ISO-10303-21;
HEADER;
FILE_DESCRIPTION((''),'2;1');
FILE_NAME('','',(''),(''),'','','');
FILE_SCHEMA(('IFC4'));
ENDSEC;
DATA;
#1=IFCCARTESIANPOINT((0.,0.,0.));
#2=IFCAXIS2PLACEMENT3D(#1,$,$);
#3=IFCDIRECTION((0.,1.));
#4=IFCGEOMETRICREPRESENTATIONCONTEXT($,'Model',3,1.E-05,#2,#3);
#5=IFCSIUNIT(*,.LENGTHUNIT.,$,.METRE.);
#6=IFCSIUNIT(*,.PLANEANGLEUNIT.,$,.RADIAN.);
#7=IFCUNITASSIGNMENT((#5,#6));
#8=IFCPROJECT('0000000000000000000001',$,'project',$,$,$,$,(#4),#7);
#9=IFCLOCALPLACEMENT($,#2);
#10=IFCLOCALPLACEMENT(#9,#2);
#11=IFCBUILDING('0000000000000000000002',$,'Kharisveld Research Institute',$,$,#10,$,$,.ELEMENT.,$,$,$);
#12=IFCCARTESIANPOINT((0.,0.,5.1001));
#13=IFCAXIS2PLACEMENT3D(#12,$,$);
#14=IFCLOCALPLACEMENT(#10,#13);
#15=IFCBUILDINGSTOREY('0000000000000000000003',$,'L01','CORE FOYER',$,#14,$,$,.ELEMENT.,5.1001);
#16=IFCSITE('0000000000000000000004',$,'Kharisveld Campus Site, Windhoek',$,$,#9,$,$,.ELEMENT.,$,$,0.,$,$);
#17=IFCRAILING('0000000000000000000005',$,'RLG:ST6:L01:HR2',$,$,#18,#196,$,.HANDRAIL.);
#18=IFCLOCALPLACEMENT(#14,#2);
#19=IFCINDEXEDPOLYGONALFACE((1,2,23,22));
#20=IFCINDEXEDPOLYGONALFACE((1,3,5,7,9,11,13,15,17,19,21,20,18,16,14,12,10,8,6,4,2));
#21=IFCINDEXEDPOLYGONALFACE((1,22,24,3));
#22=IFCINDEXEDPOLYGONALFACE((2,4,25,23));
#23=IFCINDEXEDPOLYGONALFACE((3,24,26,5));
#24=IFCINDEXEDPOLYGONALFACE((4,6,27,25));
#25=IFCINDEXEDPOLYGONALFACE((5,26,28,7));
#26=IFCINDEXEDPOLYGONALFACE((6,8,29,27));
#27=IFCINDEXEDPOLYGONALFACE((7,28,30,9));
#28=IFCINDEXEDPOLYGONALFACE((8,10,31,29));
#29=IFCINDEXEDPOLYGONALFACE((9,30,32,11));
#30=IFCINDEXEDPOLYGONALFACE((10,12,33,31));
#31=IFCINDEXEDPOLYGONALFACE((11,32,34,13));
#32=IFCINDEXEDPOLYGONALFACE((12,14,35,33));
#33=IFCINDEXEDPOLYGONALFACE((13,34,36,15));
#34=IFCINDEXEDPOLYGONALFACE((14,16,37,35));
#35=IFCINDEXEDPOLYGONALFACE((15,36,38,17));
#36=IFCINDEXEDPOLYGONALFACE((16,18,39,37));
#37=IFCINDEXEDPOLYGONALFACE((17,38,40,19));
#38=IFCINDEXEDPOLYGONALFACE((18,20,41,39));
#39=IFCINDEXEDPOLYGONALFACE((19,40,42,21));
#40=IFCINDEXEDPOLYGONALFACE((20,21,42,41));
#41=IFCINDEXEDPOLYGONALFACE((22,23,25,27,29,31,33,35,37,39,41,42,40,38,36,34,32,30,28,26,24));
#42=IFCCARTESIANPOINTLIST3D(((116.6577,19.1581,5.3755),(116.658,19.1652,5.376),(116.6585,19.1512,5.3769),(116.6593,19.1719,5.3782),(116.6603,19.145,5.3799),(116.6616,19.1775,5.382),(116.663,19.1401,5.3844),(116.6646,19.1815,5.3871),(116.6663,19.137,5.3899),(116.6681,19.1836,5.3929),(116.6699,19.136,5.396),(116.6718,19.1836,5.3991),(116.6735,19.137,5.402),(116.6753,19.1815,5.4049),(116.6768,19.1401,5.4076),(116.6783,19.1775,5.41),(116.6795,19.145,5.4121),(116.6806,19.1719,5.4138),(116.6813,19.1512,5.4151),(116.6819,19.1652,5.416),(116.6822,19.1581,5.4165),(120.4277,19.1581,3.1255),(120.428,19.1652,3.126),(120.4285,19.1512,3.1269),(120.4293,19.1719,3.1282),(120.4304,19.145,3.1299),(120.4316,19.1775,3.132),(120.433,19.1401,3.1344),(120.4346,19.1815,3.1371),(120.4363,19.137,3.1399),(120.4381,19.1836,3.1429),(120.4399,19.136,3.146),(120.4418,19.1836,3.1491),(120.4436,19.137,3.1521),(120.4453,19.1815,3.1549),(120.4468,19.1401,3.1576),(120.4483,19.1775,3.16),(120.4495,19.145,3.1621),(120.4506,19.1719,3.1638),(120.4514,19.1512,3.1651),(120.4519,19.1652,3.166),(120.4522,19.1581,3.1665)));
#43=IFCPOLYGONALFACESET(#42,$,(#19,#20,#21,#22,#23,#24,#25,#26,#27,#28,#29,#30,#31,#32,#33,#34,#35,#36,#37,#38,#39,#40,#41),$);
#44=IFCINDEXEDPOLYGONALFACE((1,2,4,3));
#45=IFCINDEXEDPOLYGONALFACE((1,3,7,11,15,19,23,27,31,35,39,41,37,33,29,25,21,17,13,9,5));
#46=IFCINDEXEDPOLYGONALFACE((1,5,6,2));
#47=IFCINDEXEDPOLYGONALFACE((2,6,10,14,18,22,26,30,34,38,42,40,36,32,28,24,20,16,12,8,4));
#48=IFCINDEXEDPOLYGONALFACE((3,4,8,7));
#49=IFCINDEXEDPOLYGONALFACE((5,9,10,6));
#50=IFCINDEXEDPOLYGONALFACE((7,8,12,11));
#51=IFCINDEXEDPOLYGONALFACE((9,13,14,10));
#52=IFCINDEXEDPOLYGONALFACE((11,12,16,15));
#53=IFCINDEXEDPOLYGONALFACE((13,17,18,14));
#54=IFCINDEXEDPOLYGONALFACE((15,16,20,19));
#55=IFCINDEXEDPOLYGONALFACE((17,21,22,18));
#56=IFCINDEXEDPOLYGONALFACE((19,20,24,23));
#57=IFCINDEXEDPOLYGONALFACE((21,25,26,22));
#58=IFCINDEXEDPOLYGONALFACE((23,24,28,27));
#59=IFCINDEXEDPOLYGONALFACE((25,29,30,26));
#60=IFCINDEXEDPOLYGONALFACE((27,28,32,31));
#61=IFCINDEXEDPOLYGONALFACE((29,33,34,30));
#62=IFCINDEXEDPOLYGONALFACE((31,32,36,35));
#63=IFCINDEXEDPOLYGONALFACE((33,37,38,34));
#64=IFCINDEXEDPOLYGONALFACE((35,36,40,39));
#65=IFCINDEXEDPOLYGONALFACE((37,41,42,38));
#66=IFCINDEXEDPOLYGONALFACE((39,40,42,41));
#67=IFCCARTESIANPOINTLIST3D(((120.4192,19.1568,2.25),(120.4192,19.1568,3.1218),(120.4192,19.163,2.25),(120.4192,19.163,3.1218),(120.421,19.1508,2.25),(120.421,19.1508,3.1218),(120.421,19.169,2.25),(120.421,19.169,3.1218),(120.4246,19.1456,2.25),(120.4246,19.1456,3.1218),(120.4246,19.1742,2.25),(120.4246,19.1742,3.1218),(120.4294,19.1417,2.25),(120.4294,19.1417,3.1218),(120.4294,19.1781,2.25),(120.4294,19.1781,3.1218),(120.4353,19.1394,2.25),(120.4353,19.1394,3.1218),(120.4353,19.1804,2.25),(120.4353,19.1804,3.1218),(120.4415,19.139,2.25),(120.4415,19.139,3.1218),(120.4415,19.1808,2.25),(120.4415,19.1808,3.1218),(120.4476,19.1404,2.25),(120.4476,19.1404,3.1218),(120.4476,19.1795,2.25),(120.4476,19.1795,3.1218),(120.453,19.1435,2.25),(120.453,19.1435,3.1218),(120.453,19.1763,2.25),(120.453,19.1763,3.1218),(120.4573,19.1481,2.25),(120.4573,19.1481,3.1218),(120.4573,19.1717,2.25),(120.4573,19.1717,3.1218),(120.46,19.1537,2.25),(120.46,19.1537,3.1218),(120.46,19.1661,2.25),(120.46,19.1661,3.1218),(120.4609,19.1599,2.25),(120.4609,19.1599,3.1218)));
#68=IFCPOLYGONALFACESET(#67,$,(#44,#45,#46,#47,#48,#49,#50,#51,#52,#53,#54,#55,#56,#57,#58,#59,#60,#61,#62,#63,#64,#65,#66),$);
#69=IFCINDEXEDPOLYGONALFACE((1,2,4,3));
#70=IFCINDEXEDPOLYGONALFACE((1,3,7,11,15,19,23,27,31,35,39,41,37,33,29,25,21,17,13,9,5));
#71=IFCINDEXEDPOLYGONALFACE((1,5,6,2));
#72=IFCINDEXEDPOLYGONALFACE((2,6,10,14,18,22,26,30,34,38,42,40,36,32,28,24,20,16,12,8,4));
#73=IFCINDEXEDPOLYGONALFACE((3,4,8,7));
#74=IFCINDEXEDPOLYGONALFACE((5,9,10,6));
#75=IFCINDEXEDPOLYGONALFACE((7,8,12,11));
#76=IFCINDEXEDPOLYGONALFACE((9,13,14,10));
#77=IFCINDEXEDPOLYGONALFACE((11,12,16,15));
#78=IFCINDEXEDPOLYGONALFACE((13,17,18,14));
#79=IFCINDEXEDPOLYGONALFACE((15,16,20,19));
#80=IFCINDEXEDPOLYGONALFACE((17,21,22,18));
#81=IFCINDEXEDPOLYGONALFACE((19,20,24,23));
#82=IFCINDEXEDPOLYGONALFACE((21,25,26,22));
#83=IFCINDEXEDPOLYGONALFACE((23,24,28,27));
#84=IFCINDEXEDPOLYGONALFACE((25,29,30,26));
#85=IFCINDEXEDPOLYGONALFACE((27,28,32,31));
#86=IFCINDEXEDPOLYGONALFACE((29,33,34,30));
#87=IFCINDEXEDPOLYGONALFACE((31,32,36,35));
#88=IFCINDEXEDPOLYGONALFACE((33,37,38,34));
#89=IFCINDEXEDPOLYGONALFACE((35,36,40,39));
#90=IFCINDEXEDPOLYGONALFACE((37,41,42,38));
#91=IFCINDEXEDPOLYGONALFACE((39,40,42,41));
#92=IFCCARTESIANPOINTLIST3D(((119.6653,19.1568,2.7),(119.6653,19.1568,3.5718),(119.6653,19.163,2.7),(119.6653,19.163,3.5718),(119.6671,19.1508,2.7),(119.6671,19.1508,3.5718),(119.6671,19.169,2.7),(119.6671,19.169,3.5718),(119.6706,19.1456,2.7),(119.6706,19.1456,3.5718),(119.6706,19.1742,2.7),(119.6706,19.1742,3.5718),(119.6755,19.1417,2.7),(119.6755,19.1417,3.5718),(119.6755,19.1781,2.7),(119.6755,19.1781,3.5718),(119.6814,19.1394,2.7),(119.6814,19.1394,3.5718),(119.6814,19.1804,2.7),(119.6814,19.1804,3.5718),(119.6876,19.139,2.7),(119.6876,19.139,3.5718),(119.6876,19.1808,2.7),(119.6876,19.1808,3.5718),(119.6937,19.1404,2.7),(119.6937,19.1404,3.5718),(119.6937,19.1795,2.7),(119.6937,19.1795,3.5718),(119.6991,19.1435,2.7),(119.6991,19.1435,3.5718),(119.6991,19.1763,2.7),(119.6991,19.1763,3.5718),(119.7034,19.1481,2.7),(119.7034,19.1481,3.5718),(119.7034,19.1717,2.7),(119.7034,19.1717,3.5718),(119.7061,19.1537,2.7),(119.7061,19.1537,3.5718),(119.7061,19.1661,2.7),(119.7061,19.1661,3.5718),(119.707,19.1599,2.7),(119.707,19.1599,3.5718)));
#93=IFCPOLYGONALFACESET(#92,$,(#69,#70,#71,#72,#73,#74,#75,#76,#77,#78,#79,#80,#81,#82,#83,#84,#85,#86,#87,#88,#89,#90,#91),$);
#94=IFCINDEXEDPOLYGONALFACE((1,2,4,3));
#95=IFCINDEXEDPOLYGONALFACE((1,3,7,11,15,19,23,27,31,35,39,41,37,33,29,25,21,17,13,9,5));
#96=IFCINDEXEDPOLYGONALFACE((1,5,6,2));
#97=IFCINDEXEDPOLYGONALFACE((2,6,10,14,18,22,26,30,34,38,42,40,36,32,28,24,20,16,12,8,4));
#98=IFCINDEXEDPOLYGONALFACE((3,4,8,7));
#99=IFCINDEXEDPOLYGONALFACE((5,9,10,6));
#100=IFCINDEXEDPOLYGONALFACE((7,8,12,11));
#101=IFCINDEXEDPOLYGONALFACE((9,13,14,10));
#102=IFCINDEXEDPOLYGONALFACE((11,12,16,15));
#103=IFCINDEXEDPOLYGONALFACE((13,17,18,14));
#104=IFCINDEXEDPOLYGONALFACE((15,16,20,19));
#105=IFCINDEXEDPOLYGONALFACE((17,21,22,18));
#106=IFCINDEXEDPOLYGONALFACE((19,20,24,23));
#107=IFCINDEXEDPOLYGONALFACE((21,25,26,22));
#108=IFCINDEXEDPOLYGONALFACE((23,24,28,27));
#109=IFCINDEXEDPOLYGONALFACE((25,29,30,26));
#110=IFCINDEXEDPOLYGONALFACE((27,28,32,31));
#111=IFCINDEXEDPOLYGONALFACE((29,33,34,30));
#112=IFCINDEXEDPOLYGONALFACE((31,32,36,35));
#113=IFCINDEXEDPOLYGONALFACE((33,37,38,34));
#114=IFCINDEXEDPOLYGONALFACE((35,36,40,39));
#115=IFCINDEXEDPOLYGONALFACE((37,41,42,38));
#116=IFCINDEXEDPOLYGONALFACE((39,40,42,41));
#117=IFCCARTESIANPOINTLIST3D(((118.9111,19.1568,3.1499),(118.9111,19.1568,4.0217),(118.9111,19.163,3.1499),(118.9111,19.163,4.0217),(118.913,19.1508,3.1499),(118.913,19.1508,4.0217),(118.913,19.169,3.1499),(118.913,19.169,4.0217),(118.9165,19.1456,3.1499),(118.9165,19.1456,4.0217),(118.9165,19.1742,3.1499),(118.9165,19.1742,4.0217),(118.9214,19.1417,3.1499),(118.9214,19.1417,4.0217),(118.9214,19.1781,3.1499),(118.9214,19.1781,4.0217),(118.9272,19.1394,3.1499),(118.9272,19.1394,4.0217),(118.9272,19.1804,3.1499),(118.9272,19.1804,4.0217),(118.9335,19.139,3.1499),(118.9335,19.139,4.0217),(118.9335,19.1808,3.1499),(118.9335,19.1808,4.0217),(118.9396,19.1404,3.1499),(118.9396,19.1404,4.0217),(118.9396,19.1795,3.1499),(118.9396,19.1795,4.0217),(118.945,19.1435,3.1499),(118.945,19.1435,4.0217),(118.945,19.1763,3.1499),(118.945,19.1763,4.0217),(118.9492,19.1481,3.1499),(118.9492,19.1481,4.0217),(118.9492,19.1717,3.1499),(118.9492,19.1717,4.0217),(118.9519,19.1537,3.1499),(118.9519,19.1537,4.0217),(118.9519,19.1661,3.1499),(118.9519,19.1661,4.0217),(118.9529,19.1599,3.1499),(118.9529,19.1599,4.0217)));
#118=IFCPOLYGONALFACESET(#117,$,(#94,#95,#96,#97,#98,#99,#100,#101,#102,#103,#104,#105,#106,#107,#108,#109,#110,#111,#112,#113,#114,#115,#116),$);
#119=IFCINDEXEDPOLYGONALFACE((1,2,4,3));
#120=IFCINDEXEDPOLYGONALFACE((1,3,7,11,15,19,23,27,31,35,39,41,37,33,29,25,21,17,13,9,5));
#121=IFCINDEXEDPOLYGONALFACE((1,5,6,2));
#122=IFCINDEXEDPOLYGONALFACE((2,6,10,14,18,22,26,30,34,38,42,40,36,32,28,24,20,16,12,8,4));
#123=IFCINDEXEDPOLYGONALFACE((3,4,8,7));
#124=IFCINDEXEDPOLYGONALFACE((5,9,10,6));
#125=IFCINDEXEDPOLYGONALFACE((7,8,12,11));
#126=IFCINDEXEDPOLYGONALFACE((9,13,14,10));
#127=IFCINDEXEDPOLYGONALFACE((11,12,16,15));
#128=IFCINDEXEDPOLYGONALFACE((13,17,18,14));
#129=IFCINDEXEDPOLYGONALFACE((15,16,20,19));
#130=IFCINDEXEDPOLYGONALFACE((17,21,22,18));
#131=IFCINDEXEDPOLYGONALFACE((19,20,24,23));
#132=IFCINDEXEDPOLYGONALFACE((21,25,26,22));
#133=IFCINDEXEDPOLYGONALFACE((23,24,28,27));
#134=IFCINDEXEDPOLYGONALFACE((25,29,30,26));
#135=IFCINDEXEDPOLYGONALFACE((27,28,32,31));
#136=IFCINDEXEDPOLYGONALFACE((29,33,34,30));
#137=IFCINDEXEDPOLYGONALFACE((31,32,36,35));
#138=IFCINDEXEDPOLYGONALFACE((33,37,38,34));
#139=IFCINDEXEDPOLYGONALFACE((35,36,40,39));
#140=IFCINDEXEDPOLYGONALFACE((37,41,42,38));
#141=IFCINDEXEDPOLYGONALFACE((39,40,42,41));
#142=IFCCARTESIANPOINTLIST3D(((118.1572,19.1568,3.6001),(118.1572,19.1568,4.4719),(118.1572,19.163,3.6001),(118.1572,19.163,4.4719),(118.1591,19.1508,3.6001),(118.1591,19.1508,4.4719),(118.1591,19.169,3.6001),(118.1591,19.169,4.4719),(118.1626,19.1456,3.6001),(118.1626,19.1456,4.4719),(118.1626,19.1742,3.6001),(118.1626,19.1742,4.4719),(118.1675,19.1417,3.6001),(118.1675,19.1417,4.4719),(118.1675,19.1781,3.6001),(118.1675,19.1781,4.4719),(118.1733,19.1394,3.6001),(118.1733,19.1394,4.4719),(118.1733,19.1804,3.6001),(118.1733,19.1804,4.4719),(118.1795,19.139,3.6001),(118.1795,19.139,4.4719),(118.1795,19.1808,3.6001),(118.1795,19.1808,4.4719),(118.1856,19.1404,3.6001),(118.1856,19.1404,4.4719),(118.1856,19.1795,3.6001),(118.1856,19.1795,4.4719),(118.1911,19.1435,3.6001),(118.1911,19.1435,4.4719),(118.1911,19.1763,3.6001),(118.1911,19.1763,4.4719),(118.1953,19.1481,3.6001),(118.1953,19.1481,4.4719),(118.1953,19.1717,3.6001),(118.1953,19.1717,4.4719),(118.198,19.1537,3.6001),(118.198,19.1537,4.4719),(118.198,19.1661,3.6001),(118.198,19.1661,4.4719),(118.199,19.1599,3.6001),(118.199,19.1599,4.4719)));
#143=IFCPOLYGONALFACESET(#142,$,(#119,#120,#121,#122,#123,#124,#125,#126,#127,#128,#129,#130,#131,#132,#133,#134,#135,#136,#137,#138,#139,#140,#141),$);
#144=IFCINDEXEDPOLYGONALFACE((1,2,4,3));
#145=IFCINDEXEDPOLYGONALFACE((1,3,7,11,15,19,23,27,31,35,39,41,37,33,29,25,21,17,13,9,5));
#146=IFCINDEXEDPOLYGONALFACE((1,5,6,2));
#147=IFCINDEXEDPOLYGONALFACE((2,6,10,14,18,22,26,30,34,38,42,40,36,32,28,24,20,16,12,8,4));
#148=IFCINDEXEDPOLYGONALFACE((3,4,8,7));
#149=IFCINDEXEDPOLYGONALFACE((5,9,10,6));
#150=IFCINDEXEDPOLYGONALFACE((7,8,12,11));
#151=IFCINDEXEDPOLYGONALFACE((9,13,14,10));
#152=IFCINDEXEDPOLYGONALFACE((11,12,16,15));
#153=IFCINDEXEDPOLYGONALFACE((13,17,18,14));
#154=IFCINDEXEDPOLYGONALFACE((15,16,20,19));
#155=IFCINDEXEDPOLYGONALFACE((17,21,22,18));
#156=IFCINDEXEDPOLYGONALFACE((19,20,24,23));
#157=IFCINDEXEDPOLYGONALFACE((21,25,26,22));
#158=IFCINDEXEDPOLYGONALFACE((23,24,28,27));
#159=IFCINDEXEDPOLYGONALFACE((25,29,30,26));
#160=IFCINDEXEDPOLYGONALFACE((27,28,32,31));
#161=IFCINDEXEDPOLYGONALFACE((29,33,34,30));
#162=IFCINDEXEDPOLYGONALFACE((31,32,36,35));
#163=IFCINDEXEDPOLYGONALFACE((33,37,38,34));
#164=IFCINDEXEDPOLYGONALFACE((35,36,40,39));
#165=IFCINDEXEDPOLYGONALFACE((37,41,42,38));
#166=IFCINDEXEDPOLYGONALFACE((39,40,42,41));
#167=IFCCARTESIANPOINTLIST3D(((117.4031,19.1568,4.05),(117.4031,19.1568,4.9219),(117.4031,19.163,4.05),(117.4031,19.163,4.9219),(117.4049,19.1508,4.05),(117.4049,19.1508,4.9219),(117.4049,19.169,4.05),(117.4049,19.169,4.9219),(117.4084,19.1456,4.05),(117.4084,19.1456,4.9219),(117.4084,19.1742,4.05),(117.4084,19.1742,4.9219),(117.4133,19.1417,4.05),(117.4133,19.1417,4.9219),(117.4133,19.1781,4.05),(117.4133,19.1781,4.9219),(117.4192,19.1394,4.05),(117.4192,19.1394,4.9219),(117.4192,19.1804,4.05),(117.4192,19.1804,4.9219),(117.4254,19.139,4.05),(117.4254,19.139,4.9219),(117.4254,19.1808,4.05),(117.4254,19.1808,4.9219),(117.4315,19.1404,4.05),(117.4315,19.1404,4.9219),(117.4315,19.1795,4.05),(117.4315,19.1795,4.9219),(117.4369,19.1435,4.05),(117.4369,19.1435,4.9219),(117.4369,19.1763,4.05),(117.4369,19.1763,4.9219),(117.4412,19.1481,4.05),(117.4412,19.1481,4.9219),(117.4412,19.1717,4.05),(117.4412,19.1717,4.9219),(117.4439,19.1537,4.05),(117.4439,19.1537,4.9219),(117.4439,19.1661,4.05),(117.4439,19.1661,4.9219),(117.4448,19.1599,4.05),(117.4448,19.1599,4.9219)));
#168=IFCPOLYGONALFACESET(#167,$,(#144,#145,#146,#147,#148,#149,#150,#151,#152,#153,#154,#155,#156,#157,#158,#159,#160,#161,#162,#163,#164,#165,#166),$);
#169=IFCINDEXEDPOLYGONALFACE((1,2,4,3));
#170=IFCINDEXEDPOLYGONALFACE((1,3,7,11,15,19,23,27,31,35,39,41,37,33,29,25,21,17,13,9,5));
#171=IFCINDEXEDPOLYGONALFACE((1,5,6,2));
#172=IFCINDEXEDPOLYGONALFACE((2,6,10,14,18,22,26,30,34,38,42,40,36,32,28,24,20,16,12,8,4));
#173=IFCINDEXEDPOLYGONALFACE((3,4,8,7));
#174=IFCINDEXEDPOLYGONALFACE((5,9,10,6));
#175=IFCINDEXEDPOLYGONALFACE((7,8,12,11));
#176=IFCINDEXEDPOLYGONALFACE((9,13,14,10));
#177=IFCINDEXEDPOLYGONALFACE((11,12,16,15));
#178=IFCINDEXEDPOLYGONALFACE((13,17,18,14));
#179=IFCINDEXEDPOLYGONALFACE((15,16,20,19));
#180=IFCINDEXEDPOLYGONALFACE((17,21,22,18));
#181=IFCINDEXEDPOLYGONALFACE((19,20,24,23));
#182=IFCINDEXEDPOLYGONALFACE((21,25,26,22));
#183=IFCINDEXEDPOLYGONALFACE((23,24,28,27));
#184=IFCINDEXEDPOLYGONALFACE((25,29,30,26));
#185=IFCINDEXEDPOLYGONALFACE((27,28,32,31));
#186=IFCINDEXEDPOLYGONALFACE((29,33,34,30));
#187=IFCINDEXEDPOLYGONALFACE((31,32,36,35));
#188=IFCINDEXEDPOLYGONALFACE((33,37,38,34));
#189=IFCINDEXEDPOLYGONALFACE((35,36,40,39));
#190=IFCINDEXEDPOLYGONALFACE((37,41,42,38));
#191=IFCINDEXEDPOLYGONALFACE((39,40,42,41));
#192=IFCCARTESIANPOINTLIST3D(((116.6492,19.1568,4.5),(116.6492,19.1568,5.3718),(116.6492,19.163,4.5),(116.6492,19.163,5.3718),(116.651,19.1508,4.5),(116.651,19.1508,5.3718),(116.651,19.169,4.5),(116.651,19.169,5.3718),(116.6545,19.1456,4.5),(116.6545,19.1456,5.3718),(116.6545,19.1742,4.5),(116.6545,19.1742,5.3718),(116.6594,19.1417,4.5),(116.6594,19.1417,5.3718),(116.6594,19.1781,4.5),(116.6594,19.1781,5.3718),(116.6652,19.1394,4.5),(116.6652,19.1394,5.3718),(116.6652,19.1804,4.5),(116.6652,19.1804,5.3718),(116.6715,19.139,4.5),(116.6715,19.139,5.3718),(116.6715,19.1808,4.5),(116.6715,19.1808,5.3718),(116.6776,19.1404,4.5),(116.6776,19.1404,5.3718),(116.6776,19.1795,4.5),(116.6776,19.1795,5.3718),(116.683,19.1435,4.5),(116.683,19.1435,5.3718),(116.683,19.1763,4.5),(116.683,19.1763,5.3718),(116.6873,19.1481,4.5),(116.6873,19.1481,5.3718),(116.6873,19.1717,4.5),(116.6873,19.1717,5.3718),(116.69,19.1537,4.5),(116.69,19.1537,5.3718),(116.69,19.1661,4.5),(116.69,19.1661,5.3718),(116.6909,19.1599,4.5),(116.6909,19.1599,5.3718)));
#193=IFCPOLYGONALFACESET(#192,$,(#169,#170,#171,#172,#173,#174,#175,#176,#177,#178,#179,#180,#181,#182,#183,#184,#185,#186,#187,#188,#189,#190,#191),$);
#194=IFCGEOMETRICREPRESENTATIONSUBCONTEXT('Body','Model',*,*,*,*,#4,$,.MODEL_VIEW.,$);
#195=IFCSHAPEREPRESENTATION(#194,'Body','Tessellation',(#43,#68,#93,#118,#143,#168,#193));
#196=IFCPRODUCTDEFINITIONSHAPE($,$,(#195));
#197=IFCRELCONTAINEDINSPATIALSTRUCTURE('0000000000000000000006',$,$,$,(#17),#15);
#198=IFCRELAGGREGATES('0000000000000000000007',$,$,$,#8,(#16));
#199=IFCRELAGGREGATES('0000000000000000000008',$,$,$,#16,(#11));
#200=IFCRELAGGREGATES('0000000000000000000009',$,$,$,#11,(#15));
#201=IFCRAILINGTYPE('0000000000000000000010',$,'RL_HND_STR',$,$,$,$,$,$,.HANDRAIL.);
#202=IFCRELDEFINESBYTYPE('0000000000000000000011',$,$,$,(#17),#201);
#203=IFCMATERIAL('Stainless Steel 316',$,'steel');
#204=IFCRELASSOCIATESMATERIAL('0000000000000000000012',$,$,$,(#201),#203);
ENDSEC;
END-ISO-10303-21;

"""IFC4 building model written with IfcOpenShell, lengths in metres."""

from ifc_helpers import new_model, si_unit, direction, frame, origin, origin_2d, place, context, subcontext, project, spatial, circle, extrude, material, type_object, element, save


model = new_model("IFC4")

# Units and contexts
model_context = context("Model", 3, precision=1e-05, world=origin(), true_north=direction((0.0, 1.0)))
body_context = subcontext(model_context, "Body", "Model", "MODEL_VIEW")
ifc_project = project(units=[si_unit("LENGTHUNIT", "METRE"), si_unit("PLANEANGLEUNIT", "RADIAN")], contexts=[model_context])

# Site, building, storey
site_placement = place(None, origin())
site = spatial("IfcSite", under=ifc_project, at=site_placement, Name="Kharisveld Campus Site, Windhoek", CompositionType="ELEMENT", RefElevation=0.0)
building_placement = place(site_placement, origin())
building = spatial("IfcBuilding", under=site, at=building_placement, Name="Kharisveld Research Institute", CompositionType="ELEMENT")
storey_placement = place(building_placement, frame((0.0, 0.0, 5.1001)))
storey = spatial("IfcBuildingStorey", under=building, at=storey_placement, Name="L01", Description="CORE FOYER", CompositionType="ELEMENT", Elevation=5.1001)

# Railing
ifc_material_1 = material(Name="Stainless Steel 316", Category="steel")
railing_type_1 = type_object("IfcRailingType", Name="RL_HND_STR", PredefinedType="HANDRAIL", material=ifc_material_1)
railing_1_placement = place(storey_placement, frame((120.4399, 19.1599, 2.25)))
element("IfcRailing", 1, at=railing_1_placement, inside=storey, type_object=railing_type_1, Name="RLG:ST6:L01:HR2", PredefinedType="HANDRAIL", context=body_context, shape_type="SweptSolid", body=[
    extrude(circle(Radius=0.0239, at=origin_2d()), frame((0.0, 0.0, 0.896), z_axis=(-0.858698, 0.0, 0.512483), x_axis=(0.0, -1.0, 0.0)), (0.0, 0.0, 1.0), 4.3904),
    extrude(circle(Radius=0.021, at=origin_2d()), origin(), (0.0, 0.0, 1.0), 0.8718),
    extrude(circle(Radius=0.021, at=origin_2d()), frame((-0.7539, 0.0, 0.45)), (0.0, 0.0, 1.0), 0.8718),
    extrude(circle(Radius=0.021, at=origin_2d()), frame((-1.5081, 0.0, 0.8999)), (0.0, 0.0, 1.0), 0.8718),
    extrude(circle(Radius=0.021, at=origin_2d()), frame((-2.262, 0.0, 1.3501)), (0.0, 0.0, 1.0), 0.8718),
    extrude(circle(Radius=0.021, at=origin_2d()), frame((-3.0161, 0.0, 1.8)), (0.0, 0.0, 1.0), 0.8718),
    extrude(circle(Radius=0.021, at=origin_2d()), frame((-3.77, 0.0, 2.25)), (0.0, 0.0, 1.0), 0.8718),
])

save(model, "model.ifc")
